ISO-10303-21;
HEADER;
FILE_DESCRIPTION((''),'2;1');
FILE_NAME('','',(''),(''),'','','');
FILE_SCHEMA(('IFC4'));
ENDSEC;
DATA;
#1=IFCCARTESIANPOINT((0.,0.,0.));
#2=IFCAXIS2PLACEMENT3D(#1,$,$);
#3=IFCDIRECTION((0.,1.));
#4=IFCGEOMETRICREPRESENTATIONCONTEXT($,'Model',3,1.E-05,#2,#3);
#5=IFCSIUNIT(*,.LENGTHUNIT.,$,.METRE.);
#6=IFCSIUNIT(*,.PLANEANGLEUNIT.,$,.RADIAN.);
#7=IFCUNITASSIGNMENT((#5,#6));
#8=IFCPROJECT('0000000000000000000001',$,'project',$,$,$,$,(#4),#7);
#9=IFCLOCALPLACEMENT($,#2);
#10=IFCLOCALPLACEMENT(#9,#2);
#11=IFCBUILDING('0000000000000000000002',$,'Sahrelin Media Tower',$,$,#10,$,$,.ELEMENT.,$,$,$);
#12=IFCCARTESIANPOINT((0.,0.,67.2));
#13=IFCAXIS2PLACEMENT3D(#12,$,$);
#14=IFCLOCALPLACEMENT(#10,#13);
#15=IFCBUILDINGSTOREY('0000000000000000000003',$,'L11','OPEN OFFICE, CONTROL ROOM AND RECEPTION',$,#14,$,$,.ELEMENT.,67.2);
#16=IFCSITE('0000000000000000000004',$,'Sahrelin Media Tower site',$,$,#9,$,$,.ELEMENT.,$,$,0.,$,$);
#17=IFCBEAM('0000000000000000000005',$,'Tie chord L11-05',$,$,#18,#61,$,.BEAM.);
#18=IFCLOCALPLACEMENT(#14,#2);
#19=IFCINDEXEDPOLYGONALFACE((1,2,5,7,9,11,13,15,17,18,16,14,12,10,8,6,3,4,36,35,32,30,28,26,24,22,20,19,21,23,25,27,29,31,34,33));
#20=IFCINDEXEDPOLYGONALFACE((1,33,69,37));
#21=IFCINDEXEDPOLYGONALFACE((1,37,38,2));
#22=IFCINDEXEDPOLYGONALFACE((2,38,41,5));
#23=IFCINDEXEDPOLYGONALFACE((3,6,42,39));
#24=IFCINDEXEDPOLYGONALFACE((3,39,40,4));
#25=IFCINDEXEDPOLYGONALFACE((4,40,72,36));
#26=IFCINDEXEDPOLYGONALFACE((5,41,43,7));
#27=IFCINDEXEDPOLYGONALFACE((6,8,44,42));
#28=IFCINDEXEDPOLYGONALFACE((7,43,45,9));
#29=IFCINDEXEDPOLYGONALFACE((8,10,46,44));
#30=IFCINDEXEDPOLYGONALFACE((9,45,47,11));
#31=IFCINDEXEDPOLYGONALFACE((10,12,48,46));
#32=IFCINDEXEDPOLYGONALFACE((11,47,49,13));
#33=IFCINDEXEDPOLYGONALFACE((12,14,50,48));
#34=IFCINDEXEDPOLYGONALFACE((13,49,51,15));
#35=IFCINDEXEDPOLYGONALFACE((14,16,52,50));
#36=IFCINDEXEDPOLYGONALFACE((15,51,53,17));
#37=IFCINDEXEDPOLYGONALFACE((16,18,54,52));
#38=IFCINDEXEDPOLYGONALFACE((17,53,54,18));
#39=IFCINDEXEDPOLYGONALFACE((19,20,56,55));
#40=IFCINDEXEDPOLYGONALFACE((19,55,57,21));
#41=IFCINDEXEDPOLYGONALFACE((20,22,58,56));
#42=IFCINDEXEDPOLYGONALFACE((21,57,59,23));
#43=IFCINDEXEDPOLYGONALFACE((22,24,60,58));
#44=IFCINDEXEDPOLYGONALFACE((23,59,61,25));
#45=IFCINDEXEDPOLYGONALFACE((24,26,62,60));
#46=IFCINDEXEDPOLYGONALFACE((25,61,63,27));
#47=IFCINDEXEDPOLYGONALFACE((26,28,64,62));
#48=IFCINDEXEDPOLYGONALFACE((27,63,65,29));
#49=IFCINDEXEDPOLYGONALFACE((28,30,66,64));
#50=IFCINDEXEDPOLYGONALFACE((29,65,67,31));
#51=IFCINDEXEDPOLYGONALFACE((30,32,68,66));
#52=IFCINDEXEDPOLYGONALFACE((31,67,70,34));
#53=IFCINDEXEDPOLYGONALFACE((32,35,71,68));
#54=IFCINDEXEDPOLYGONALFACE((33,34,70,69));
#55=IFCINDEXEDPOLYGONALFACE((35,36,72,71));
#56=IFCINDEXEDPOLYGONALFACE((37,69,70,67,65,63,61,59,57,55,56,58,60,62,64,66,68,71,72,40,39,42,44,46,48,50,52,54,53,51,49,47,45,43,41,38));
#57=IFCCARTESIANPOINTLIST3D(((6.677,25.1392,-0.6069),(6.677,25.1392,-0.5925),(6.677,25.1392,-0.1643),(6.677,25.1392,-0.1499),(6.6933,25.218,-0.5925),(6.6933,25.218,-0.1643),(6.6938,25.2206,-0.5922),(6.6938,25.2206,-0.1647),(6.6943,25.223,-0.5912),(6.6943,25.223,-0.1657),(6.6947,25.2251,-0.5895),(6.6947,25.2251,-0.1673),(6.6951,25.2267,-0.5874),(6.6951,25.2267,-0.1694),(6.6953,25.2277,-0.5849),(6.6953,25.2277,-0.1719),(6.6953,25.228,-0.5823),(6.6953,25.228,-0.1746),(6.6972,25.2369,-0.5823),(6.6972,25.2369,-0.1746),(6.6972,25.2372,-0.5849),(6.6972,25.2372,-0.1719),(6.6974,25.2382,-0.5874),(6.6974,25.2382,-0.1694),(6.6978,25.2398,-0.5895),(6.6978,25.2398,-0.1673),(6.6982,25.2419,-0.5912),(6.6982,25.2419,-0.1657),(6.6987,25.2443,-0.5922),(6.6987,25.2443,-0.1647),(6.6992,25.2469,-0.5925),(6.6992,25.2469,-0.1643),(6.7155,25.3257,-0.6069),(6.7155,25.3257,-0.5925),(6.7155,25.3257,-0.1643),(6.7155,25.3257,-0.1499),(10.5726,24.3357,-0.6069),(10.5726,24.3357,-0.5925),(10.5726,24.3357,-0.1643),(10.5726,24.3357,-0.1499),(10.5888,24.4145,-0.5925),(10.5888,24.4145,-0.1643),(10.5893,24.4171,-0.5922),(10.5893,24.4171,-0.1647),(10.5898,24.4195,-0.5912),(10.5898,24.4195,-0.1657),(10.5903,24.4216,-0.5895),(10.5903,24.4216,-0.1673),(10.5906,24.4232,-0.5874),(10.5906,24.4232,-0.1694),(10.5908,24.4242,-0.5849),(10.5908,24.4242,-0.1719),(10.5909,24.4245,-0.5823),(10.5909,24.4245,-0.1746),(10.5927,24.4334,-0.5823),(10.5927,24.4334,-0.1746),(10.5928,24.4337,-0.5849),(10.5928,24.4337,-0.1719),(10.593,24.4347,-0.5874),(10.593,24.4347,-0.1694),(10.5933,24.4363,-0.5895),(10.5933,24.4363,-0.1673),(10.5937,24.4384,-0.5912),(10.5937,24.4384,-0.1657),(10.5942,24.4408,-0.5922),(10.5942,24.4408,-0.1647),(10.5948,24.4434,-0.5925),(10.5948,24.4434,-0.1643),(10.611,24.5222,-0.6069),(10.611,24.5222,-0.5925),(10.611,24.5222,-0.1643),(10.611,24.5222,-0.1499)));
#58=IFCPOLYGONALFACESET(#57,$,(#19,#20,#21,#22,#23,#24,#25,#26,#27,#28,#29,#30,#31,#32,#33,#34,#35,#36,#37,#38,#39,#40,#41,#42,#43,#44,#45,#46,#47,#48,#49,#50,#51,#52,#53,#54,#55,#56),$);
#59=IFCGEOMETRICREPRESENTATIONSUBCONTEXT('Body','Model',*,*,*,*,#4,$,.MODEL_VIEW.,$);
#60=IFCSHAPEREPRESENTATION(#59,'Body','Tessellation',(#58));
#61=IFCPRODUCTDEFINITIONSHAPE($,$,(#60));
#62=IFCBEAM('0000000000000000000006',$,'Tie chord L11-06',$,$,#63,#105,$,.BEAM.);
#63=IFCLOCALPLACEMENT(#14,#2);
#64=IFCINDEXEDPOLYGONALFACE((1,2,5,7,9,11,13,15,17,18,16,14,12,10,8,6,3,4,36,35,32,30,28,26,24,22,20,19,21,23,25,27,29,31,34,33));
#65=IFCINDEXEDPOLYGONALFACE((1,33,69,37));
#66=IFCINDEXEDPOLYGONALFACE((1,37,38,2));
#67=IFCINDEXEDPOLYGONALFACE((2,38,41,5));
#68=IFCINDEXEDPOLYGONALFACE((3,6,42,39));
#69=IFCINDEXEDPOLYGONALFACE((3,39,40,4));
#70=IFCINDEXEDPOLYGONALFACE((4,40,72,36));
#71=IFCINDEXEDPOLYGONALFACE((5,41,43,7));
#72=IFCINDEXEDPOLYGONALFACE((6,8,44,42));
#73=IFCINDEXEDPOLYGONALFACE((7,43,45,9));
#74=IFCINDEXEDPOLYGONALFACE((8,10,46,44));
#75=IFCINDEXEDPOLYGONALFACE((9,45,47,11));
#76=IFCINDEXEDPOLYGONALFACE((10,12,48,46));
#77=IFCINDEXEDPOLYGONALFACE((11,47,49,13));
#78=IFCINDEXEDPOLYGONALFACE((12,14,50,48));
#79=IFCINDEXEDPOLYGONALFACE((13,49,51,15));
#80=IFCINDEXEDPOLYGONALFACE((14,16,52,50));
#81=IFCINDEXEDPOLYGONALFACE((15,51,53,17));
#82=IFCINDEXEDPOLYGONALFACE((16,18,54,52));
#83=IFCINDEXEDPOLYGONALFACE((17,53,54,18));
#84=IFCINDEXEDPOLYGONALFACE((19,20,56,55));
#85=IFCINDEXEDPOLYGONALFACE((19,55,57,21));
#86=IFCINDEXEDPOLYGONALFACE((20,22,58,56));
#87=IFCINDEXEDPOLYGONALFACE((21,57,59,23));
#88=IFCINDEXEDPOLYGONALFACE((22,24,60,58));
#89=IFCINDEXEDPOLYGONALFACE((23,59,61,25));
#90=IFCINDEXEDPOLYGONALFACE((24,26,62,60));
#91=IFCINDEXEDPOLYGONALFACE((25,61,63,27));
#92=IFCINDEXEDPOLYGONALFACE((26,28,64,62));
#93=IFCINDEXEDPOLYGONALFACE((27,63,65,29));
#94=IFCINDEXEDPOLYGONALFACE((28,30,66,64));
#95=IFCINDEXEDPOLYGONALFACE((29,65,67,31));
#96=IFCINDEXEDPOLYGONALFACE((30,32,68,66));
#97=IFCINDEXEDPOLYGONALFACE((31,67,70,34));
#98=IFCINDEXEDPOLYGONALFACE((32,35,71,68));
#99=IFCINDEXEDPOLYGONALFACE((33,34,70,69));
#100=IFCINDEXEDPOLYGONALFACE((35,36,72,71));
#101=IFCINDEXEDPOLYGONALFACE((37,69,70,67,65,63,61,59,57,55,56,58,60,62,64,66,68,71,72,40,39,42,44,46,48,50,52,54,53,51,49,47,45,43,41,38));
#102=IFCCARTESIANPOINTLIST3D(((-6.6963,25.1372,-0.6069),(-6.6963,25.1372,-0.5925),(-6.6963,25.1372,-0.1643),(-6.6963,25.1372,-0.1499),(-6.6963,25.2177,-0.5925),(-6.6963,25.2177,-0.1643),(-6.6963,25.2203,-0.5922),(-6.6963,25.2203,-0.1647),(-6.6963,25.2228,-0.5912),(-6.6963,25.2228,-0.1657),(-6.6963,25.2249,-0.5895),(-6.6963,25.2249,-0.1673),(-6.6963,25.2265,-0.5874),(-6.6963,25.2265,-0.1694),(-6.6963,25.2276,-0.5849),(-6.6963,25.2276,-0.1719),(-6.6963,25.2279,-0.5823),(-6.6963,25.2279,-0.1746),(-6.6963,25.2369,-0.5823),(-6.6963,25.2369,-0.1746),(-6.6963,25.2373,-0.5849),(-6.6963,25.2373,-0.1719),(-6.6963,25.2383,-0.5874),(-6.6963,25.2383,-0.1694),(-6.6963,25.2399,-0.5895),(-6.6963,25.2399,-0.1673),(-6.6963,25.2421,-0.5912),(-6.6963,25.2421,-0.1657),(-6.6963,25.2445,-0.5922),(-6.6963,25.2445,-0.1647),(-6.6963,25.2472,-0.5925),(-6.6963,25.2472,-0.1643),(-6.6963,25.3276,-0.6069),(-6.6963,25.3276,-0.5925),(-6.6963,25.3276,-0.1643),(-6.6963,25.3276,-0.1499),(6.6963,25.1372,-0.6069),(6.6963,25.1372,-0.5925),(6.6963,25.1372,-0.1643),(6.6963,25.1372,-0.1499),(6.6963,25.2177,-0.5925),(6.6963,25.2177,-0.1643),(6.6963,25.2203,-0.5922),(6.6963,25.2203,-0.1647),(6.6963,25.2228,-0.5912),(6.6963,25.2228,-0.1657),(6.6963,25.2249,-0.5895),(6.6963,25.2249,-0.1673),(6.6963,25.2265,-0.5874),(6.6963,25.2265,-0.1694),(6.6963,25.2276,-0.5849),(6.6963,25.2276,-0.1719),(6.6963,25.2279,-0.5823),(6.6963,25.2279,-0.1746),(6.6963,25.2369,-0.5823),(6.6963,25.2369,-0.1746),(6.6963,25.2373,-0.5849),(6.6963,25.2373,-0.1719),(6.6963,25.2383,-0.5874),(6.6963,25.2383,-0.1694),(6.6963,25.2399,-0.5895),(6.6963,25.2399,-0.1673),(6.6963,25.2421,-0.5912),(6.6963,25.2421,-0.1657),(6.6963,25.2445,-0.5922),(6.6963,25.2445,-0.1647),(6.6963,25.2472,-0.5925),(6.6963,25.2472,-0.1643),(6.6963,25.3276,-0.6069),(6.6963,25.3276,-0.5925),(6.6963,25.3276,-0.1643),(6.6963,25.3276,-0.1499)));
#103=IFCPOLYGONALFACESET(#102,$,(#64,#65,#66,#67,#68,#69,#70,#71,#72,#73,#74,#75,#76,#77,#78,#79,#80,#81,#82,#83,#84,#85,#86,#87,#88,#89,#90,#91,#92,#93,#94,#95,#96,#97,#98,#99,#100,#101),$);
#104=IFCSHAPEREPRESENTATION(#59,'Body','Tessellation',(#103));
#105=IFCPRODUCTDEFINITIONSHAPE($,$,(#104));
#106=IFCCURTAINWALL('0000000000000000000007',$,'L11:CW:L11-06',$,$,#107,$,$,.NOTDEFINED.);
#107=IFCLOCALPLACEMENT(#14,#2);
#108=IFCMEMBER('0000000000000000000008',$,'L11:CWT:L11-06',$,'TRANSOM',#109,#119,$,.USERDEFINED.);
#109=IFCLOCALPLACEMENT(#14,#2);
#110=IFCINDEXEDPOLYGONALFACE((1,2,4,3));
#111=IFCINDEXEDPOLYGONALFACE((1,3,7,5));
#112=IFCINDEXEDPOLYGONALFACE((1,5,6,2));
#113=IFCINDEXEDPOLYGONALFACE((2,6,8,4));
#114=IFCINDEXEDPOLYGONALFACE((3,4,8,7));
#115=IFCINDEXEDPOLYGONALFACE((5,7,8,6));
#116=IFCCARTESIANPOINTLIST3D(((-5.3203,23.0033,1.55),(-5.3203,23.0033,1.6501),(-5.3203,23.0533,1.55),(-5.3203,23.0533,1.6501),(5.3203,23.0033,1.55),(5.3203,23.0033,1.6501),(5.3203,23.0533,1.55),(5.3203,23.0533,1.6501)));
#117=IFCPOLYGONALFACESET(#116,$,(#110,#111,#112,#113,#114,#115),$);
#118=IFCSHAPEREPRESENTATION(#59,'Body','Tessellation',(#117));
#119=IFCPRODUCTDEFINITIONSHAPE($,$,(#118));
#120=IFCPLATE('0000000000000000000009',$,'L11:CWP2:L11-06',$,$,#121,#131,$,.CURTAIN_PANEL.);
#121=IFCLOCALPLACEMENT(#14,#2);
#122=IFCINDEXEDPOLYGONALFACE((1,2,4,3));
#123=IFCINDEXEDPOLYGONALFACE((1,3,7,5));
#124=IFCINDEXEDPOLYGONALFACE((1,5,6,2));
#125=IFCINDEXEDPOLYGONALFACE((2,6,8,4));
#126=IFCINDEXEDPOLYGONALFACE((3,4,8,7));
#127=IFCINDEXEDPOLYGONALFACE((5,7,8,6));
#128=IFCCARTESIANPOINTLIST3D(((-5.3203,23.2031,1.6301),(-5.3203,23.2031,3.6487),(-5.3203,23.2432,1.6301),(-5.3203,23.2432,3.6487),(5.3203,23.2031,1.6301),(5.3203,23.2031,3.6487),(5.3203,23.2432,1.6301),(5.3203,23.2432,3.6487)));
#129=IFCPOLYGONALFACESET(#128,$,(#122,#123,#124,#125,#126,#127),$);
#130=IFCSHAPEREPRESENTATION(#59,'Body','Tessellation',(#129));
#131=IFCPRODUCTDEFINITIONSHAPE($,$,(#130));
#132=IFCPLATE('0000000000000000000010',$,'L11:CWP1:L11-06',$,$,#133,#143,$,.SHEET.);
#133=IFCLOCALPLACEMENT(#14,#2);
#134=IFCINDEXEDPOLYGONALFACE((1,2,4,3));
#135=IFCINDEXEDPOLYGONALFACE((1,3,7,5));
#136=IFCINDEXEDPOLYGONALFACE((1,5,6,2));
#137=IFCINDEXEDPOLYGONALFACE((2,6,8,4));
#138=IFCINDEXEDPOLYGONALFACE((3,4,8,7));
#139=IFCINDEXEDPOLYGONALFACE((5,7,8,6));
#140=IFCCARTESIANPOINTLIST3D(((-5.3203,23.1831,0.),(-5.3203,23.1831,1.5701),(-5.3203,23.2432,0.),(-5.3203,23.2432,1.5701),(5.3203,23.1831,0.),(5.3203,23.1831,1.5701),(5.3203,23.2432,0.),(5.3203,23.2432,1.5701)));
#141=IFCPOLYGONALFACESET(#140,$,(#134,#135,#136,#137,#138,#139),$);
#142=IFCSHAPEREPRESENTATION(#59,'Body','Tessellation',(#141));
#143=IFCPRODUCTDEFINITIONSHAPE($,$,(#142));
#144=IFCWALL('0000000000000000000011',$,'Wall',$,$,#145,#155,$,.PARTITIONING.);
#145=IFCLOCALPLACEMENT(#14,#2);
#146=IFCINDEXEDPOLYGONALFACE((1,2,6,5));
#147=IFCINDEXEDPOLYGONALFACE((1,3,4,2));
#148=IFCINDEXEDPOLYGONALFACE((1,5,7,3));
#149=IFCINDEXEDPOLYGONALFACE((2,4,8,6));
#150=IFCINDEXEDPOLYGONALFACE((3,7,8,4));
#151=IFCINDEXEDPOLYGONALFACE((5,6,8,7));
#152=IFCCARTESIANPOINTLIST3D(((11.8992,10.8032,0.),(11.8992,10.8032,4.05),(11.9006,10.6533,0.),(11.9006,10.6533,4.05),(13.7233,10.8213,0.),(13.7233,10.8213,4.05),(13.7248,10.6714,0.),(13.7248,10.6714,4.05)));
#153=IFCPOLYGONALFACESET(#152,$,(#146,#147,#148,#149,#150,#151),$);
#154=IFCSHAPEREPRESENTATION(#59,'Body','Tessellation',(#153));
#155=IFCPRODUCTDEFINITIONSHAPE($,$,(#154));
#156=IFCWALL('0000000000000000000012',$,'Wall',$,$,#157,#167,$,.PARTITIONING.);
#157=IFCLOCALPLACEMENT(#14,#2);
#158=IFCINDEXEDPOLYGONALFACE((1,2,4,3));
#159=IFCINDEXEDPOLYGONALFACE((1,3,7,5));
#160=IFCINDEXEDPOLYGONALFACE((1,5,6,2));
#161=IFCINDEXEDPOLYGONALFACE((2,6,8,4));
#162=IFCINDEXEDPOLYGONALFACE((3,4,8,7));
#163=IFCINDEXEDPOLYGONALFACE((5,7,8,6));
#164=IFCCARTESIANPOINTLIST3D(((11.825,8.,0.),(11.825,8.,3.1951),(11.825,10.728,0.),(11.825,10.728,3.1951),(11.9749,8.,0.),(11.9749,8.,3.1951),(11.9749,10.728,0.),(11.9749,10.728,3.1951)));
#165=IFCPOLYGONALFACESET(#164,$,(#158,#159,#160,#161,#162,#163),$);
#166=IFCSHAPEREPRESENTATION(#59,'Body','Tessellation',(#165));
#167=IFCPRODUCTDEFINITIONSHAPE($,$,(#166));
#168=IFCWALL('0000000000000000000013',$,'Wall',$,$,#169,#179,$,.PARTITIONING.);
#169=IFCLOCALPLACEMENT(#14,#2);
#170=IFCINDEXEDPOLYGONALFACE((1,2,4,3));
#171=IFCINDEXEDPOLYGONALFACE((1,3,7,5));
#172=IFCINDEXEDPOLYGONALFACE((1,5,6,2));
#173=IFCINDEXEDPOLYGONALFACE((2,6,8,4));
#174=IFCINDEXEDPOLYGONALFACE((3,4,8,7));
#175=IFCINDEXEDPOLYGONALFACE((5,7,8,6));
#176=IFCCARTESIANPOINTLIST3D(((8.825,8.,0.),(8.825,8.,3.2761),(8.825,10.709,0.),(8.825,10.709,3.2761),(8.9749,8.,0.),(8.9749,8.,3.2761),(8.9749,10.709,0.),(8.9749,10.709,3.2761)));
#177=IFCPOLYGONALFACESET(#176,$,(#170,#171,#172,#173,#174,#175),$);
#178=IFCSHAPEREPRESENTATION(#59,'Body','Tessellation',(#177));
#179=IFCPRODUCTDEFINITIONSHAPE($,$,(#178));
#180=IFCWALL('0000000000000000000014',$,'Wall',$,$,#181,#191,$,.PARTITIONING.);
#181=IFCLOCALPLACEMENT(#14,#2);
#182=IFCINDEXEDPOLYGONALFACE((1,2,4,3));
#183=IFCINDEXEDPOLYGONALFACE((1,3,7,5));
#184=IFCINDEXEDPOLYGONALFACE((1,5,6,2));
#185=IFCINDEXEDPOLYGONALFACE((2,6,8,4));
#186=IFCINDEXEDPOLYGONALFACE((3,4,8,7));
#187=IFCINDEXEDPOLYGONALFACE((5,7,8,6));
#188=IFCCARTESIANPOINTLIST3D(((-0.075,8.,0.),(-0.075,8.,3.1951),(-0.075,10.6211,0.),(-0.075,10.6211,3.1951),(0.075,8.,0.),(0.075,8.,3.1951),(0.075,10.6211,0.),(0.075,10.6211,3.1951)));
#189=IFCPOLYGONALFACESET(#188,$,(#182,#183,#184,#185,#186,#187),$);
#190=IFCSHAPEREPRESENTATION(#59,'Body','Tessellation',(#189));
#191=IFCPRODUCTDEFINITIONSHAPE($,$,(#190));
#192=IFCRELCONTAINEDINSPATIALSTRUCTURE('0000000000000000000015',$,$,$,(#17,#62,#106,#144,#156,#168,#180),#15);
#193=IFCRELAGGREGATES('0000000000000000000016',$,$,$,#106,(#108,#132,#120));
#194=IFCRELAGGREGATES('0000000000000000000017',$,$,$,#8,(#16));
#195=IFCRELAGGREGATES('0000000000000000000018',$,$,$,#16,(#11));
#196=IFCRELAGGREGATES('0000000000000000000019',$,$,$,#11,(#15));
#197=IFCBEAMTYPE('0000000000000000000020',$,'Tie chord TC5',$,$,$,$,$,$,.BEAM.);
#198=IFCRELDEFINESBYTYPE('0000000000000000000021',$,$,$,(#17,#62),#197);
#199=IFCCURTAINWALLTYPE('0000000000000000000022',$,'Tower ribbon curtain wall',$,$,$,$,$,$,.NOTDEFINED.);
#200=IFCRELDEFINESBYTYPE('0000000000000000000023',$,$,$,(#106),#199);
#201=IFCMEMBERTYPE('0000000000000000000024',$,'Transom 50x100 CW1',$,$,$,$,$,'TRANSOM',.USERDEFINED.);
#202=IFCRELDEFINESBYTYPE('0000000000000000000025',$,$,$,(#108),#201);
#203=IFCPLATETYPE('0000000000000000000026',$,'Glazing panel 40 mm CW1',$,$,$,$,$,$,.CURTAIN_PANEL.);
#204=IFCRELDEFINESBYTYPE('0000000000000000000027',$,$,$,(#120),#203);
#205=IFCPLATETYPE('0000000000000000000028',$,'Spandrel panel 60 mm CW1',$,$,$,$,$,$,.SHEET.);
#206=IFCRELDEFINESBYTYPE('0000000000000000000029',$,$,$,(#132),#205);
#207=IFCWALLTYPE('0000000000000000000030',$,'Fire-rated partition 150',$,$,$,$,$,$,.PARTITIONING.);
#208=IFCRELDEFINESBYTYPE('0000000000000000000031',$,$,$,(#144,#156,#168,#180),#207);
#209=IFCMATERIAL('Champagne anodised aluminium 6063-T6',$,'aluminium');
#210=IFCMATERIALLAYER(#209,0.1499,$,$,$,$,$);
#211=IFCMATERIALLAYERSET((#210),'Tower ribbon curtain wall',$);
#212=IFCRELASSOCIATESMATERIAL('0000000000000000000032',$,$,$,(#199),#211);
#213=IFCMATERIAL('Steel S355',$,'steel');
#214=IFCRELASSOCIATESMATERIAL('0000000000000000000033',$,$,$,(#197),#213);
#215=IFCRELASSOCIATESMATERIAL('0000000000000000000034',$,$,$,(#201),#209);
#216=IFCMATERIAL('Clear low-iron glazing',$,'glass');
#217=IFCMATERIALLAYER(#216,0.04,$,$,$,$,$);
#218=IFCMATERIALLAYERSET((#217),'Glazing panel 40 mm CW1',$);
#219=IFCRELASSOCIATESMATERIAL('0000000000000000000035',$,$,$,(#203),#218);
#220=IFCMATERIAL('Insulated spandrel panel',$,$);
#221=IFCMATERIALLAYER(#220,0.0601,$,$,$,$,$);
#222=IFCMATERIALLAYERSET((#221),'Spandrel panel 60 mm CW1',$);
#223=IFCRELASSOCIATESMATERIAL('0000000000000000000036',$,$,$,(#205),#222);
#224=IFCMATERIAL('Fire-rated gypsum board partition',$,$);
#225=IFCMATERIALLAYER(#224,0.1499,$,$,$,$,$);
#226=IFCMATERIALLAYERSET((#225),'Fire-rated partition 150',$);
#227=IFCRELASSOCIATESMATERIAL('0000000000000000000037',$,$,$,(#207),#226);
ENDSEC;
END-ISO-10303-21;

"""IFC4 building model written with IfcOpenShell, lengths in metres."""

from ifc_helpers import new_model, si_unit, direction, frame, frame_2d, origin, origin_2d, place, context, subcontext, project, spatial, polyline, rectangle, i_section, outline, extrude, material, layer, layer_set, material_profile, profile_set, type_object, element, aggregate, save


model = new_model("IFC4")

# Units and contexts
model_context = context("Model", 3, precision=1e-05, world=origin(), true_north=direction((0.0, 1.0)))
body_context = subcontext(model_context, "Body", "Model", "MODEL_VIEW")
ifc_project = project(units=[si_unit("LENGTHUNIT", "METRE"), si_unit("PLANEANGLEUNIT", "RADIAN")], contexts=[model_context])

# Site, building, storey
site_placement = place(None, origin())
site = spatial("IfcSite", under=ifc_project, at=site_placement, Name="Sahrelin Media Tower site", CompositionType="ELEMENT", RefElevation=0.0)
building_placement = place(site_placement, origin())
building = spatial("IfcBuilding", under=site, at=building_placement, Name="Sahrelin Media Tower", CompositionType="ELEMENT")
storey_placement = place(building_placement, frame((0.0, 0.0, 67.2)))
storey = spatial("IfcBuildingStorey", under=building, at=storey_placement, Name="L11", Description="OPEN OFFICE, CONTROL ROOM AND RECEPTION", CompositionType="ELEMENT", Elevation=67.2)

# Shared definitions
ifc_material_1 = material(Name="Steel S355", Category="steel")

# Shared definitions
ifc_material_2 = material(Name="Champagne anodised aluminium 6063-T6", Category="aluminium")
ifc_layer_1 = layer(ifc_material_2, 0.1499)
ifc_layer_set_1 = layer_set([ifc_layer_1], Name="Tower ribbon curtain wall")
curtain_wall_type = type_object("IfcCurtainWallType", Name="Tower ribbon curtain wall", PredefinedType="NOTDEFINED", material=ifc_layer_set_1)

# Beams
ifc_material_profile_1 = material_profile(ifc_material_1, i_section(OverallWidth=0.1904, OverallDepth=0.457, WebThickness=0.009, FlangeThickness=0.0144, FilletRadius=0.0103, at=origin_2d()), Name="UB 457x191x74")
ifc_profile_set_1 = profile_set([ifc_material_profile_1], Name="Steel S355")
beam_type_1 = type_object("IfcBeamType", Name="Tie chord TC5", PredefinedType="BEAM", material=ifc_profile_set_1)
beam_1_placement = place(storey_placement, frame((10.5918, 24.429, -0.3784), z_axis=(-0.979385, 0.202003, 0.0), x_axis=(-0.202003, -0.979385, 0.0)))
element("IfcBeam", 1, at=beam_1_placement, inside=storey, type_object=beam_type_1, Name="Tie chord L11-05", PredefinedType="BEAM", context=body_context, shape_type="SweptSolid", body=[
    extrude(i_section(OverallWidth=0.1904, OverallDepth=0.457, WebThickness=0.009, FlangeThickness=0.0144, FilletRadius=0.0103, at=origin_2d()), origin(), (0.0, 0.0, 1.0), 3.9775),
])
beam_2_placement = place(storey_placement, frame((6.6963, 25.2324, -0.3784), z_axis=(-1.0, 0.0, 0.0), x_axis=(0.0, -1.0, 0.0)))
element("IfcBeam", 2, at=beam_2_placement, inside=storey, type_object=beam_type_1, Name="Tie chord L11-06", PredefinedType="BEAM", context=body_context, shape_type="SweptSolid", body=[
    extrude(i_section(OverallWidth=0.1904, OverallDepth=0.457, WebThickness=0.009, FlangeThickness=0.0144, FilletRadius=0.0103, at=origin_2d()), origin(), (0.0, 0.0, 1.0), 13.3926),
])

# Curtain wall, member, plates
placement_1 = place(storey_placement, frame((0.0, 23.2231, 0.0), z_axis=(0.0, 0.0, 1.0), x_axis=(1.0, 0.0, 0.0)))
curtain_wall_1 = element("IfcCurtainWall", 3, at=placement_1, inside=storey, type_object=curtain_wall_type, Name="L11:CW:L11-06", PredefinedType="NOTDEFINED")
ifc_material_profile_2 = material_profile(ifc_material_2, rectangle(XDim=0.05, YDim=0.1001, at=origin_2d()), Name="Transom 50x100")
ifc_profile_set_2 = profile_set([ifc_material_profile_2], Name="Champagne anodised aluminium 6063-T6")
member_type_1 = type_object("IfcMemberType", Name="Transom 50x100 CW1", ElementType="TRANSOM", PredefinedType="USERDEFINED", material=ifc_profile_set_2)
member_1_placement = place(storey_placement, frame((5.3203, 23.0283, 1.6001), z_axis=(-1.0, 0.0, 0.0), x_axis=(0.0, -1.0, 0.0)))
member_1 = element("IfcMember", 4, at=member_1_placement, type_object=member_type_1, Name="L11:CWT:L11-06", ObjectType="TRANSOM", PredefinedType="USERDEFINED", context=body_context, shape_type="SweptSolid", body=[
    extrude(rectangle(XDim=0.05, YDim=0.1001, at=origin_2d()), origin(), (0.0, 0.0, 1.0), 10.6406),
])
ifc_material_3 = material(Name="Clear low-iron glazing", Category="glass")
ifc_layer_2 = layer(ifc_material_3, 0.04)
ifc_layer_set_2 = layer_set([ifc_layer_2], Name="Glazing panel 40 mm CW1")
plate_type_1 = type_object("IfcPlateType", Name="Glazing panel 40 mm CW1", PredefinedType="CURTAIN_PANEL", material=ifc_layer_set_2)
plate_1_placement = place(storey_placement, frame((5.3203, 23.2432, 1.6301), z_axis=(0.0, 1.0, 0.0), x_axis=(-1.0, 0.0, 0.0)))
plate_1 = element("IfcPlate", 5, at=plate_1_placement, type_object=plate_type_1, Name="L11:CWP2:L11-06", PredefinedType="CURTAIN_PANEL", context=body_context, shape_type="SweptSolid", body=[
    extrude(outline(polyline([(0.0, 0.0), (10.6406, 0.0), (10.6406, 2.0186), (0.0, 2.0186), (0.0, 0.0)])), origin(), (0.0, 0.0, -1.0), 0.04),
])
ifc_material_4 = material(Name="Insulated spandrel panel")
ifc_layer_3 = layer(ifc_material_4, 0.0601)
ifc_layer_set_3 = layer_set([ifc_layer_3], Name="Spandrel panel 60 mm CW1")
plate_type_2 = type_object("IfcPlateType", Name="Spandrel panel 60 mm CW1", PredefinedType="SHEET", material=ifc_layer_set_3)
plate_2_placement = place(storey_placement, frame((5.3203, 23.2432, 0.0), z_axis=(0.0, 1.0, 0.0), x_axis=(-1.0, 0.0, 0.0)))
plate_2 = element("IfcPlate", 6, at=plate_2_placement, type_object=plate_type_2, Name="L11:CWP1:L11-06", PredefinedType="SHEET", context=body_context, shape_type="SweptSolid", body=[
    extrude(outline(polyline([(0.0, 0.0), (10.6406, 0.0), (10.6406, 1.5701), (0.0, 1.5701), (0.0, 0.0)])), origin(), (0.0, 0.0, -1.0), 0.0601),
])
aggregate(curtain_wall_1, [member_1, plate_2, plate_1])

# Walls
ifc_material_5 = material(Name="Fire-rated gypsum board partition")
ifc_layer_4 = layer(ifc_material_5, 0.1499)
ifc_layer_set_4 = layer_set([ifc_layer_4], Name="Fire-rated partition 150")
wall_type_1 = type_object("IfcWallType", Name="Fire-rated partition 150", PredefinedType="PARTITIONING", material=ifc_layer_set_4)
wall_1_placement = place(storey_placement, frame((11.8999, 10.7283, 0.0), z_axis=(0.0, 0.0, 1.0), x_axis=(0.999951, 0.009903, 0.0)))
element("IfcWall", 7, at=wall_1_placement, inside=storey, type_object=wall_type_1, Name="Wall", PredefinedType="PARTITIONING", context=body_context, shape_type="SweptSolid", body=[
    extrude(rectangle(XDim=1.8242, YDim=0.1499, at=frame_2d((0.9121, 0.0))), origin(), (0.0, 0.0, 1.0), 4.05),
])
wall_2_placement = place(storey_placement, frame((11.8999, 8.0, 0.0), z_axis=(0.0, 0.0, 1.0), x_axis=(0.0, 1.0, 0.0)))
element("IfcWall", 8, at=wall_2_placement, inside=storey, type_object=wall_type_1, Name="Wall", PredefinedType="PARTITIONING", context=body_context, shape_type="SweptSolid", body=[
    extrude(rectangle(XDim=2.728, YDim=0.1499, at=frame_2d((1.364, 0.0))), origin(), (0.0, 0.0, 1.0), 3.1951),
])
wall_3_placement = place(storey_placement, frame((8.8999, 8.0, 0.0), z_axis=(0.0, 0.0, 1.0), x_axis=(0.0, 1.0, 0.0)))
element("IfcWall", 9, at=wall_3_placement, inside=storey, type_object=wall_type_1, Name="Wall", PredefinedType="PARTITIONING", context=body_context, shape_type="SweptSolid", body=[
    extrude(rectangle(XDim=2.709, YDim=0.1499, at=frame_2d((1.3545, 0.0))), origin(), (0.0, 0.0, 1.0), 3.2761),
])
wall_4_placement = place(storey_placement, frame((0.0, 8.0, 0.0), z_axis=(0.0, 0.0, 1.0), x_axis=(0.0, 1.0, 0.0)))
element("IfcWall", 10, at=wall_4_placement, inside=storey, type_object=wall_type_1, Name="Wall", PredefinedType="PARTITIONING", context=body_context, shape_type="SweptSolid", body=[
    extrude(rectangle(XDim=2.6211, YDim=0.1499, at=frame_2d((1.3105, 0.0))), origin(), (0.0, 0.0, 1.0), 3.1951),
])

save(model, "model.ifc")
